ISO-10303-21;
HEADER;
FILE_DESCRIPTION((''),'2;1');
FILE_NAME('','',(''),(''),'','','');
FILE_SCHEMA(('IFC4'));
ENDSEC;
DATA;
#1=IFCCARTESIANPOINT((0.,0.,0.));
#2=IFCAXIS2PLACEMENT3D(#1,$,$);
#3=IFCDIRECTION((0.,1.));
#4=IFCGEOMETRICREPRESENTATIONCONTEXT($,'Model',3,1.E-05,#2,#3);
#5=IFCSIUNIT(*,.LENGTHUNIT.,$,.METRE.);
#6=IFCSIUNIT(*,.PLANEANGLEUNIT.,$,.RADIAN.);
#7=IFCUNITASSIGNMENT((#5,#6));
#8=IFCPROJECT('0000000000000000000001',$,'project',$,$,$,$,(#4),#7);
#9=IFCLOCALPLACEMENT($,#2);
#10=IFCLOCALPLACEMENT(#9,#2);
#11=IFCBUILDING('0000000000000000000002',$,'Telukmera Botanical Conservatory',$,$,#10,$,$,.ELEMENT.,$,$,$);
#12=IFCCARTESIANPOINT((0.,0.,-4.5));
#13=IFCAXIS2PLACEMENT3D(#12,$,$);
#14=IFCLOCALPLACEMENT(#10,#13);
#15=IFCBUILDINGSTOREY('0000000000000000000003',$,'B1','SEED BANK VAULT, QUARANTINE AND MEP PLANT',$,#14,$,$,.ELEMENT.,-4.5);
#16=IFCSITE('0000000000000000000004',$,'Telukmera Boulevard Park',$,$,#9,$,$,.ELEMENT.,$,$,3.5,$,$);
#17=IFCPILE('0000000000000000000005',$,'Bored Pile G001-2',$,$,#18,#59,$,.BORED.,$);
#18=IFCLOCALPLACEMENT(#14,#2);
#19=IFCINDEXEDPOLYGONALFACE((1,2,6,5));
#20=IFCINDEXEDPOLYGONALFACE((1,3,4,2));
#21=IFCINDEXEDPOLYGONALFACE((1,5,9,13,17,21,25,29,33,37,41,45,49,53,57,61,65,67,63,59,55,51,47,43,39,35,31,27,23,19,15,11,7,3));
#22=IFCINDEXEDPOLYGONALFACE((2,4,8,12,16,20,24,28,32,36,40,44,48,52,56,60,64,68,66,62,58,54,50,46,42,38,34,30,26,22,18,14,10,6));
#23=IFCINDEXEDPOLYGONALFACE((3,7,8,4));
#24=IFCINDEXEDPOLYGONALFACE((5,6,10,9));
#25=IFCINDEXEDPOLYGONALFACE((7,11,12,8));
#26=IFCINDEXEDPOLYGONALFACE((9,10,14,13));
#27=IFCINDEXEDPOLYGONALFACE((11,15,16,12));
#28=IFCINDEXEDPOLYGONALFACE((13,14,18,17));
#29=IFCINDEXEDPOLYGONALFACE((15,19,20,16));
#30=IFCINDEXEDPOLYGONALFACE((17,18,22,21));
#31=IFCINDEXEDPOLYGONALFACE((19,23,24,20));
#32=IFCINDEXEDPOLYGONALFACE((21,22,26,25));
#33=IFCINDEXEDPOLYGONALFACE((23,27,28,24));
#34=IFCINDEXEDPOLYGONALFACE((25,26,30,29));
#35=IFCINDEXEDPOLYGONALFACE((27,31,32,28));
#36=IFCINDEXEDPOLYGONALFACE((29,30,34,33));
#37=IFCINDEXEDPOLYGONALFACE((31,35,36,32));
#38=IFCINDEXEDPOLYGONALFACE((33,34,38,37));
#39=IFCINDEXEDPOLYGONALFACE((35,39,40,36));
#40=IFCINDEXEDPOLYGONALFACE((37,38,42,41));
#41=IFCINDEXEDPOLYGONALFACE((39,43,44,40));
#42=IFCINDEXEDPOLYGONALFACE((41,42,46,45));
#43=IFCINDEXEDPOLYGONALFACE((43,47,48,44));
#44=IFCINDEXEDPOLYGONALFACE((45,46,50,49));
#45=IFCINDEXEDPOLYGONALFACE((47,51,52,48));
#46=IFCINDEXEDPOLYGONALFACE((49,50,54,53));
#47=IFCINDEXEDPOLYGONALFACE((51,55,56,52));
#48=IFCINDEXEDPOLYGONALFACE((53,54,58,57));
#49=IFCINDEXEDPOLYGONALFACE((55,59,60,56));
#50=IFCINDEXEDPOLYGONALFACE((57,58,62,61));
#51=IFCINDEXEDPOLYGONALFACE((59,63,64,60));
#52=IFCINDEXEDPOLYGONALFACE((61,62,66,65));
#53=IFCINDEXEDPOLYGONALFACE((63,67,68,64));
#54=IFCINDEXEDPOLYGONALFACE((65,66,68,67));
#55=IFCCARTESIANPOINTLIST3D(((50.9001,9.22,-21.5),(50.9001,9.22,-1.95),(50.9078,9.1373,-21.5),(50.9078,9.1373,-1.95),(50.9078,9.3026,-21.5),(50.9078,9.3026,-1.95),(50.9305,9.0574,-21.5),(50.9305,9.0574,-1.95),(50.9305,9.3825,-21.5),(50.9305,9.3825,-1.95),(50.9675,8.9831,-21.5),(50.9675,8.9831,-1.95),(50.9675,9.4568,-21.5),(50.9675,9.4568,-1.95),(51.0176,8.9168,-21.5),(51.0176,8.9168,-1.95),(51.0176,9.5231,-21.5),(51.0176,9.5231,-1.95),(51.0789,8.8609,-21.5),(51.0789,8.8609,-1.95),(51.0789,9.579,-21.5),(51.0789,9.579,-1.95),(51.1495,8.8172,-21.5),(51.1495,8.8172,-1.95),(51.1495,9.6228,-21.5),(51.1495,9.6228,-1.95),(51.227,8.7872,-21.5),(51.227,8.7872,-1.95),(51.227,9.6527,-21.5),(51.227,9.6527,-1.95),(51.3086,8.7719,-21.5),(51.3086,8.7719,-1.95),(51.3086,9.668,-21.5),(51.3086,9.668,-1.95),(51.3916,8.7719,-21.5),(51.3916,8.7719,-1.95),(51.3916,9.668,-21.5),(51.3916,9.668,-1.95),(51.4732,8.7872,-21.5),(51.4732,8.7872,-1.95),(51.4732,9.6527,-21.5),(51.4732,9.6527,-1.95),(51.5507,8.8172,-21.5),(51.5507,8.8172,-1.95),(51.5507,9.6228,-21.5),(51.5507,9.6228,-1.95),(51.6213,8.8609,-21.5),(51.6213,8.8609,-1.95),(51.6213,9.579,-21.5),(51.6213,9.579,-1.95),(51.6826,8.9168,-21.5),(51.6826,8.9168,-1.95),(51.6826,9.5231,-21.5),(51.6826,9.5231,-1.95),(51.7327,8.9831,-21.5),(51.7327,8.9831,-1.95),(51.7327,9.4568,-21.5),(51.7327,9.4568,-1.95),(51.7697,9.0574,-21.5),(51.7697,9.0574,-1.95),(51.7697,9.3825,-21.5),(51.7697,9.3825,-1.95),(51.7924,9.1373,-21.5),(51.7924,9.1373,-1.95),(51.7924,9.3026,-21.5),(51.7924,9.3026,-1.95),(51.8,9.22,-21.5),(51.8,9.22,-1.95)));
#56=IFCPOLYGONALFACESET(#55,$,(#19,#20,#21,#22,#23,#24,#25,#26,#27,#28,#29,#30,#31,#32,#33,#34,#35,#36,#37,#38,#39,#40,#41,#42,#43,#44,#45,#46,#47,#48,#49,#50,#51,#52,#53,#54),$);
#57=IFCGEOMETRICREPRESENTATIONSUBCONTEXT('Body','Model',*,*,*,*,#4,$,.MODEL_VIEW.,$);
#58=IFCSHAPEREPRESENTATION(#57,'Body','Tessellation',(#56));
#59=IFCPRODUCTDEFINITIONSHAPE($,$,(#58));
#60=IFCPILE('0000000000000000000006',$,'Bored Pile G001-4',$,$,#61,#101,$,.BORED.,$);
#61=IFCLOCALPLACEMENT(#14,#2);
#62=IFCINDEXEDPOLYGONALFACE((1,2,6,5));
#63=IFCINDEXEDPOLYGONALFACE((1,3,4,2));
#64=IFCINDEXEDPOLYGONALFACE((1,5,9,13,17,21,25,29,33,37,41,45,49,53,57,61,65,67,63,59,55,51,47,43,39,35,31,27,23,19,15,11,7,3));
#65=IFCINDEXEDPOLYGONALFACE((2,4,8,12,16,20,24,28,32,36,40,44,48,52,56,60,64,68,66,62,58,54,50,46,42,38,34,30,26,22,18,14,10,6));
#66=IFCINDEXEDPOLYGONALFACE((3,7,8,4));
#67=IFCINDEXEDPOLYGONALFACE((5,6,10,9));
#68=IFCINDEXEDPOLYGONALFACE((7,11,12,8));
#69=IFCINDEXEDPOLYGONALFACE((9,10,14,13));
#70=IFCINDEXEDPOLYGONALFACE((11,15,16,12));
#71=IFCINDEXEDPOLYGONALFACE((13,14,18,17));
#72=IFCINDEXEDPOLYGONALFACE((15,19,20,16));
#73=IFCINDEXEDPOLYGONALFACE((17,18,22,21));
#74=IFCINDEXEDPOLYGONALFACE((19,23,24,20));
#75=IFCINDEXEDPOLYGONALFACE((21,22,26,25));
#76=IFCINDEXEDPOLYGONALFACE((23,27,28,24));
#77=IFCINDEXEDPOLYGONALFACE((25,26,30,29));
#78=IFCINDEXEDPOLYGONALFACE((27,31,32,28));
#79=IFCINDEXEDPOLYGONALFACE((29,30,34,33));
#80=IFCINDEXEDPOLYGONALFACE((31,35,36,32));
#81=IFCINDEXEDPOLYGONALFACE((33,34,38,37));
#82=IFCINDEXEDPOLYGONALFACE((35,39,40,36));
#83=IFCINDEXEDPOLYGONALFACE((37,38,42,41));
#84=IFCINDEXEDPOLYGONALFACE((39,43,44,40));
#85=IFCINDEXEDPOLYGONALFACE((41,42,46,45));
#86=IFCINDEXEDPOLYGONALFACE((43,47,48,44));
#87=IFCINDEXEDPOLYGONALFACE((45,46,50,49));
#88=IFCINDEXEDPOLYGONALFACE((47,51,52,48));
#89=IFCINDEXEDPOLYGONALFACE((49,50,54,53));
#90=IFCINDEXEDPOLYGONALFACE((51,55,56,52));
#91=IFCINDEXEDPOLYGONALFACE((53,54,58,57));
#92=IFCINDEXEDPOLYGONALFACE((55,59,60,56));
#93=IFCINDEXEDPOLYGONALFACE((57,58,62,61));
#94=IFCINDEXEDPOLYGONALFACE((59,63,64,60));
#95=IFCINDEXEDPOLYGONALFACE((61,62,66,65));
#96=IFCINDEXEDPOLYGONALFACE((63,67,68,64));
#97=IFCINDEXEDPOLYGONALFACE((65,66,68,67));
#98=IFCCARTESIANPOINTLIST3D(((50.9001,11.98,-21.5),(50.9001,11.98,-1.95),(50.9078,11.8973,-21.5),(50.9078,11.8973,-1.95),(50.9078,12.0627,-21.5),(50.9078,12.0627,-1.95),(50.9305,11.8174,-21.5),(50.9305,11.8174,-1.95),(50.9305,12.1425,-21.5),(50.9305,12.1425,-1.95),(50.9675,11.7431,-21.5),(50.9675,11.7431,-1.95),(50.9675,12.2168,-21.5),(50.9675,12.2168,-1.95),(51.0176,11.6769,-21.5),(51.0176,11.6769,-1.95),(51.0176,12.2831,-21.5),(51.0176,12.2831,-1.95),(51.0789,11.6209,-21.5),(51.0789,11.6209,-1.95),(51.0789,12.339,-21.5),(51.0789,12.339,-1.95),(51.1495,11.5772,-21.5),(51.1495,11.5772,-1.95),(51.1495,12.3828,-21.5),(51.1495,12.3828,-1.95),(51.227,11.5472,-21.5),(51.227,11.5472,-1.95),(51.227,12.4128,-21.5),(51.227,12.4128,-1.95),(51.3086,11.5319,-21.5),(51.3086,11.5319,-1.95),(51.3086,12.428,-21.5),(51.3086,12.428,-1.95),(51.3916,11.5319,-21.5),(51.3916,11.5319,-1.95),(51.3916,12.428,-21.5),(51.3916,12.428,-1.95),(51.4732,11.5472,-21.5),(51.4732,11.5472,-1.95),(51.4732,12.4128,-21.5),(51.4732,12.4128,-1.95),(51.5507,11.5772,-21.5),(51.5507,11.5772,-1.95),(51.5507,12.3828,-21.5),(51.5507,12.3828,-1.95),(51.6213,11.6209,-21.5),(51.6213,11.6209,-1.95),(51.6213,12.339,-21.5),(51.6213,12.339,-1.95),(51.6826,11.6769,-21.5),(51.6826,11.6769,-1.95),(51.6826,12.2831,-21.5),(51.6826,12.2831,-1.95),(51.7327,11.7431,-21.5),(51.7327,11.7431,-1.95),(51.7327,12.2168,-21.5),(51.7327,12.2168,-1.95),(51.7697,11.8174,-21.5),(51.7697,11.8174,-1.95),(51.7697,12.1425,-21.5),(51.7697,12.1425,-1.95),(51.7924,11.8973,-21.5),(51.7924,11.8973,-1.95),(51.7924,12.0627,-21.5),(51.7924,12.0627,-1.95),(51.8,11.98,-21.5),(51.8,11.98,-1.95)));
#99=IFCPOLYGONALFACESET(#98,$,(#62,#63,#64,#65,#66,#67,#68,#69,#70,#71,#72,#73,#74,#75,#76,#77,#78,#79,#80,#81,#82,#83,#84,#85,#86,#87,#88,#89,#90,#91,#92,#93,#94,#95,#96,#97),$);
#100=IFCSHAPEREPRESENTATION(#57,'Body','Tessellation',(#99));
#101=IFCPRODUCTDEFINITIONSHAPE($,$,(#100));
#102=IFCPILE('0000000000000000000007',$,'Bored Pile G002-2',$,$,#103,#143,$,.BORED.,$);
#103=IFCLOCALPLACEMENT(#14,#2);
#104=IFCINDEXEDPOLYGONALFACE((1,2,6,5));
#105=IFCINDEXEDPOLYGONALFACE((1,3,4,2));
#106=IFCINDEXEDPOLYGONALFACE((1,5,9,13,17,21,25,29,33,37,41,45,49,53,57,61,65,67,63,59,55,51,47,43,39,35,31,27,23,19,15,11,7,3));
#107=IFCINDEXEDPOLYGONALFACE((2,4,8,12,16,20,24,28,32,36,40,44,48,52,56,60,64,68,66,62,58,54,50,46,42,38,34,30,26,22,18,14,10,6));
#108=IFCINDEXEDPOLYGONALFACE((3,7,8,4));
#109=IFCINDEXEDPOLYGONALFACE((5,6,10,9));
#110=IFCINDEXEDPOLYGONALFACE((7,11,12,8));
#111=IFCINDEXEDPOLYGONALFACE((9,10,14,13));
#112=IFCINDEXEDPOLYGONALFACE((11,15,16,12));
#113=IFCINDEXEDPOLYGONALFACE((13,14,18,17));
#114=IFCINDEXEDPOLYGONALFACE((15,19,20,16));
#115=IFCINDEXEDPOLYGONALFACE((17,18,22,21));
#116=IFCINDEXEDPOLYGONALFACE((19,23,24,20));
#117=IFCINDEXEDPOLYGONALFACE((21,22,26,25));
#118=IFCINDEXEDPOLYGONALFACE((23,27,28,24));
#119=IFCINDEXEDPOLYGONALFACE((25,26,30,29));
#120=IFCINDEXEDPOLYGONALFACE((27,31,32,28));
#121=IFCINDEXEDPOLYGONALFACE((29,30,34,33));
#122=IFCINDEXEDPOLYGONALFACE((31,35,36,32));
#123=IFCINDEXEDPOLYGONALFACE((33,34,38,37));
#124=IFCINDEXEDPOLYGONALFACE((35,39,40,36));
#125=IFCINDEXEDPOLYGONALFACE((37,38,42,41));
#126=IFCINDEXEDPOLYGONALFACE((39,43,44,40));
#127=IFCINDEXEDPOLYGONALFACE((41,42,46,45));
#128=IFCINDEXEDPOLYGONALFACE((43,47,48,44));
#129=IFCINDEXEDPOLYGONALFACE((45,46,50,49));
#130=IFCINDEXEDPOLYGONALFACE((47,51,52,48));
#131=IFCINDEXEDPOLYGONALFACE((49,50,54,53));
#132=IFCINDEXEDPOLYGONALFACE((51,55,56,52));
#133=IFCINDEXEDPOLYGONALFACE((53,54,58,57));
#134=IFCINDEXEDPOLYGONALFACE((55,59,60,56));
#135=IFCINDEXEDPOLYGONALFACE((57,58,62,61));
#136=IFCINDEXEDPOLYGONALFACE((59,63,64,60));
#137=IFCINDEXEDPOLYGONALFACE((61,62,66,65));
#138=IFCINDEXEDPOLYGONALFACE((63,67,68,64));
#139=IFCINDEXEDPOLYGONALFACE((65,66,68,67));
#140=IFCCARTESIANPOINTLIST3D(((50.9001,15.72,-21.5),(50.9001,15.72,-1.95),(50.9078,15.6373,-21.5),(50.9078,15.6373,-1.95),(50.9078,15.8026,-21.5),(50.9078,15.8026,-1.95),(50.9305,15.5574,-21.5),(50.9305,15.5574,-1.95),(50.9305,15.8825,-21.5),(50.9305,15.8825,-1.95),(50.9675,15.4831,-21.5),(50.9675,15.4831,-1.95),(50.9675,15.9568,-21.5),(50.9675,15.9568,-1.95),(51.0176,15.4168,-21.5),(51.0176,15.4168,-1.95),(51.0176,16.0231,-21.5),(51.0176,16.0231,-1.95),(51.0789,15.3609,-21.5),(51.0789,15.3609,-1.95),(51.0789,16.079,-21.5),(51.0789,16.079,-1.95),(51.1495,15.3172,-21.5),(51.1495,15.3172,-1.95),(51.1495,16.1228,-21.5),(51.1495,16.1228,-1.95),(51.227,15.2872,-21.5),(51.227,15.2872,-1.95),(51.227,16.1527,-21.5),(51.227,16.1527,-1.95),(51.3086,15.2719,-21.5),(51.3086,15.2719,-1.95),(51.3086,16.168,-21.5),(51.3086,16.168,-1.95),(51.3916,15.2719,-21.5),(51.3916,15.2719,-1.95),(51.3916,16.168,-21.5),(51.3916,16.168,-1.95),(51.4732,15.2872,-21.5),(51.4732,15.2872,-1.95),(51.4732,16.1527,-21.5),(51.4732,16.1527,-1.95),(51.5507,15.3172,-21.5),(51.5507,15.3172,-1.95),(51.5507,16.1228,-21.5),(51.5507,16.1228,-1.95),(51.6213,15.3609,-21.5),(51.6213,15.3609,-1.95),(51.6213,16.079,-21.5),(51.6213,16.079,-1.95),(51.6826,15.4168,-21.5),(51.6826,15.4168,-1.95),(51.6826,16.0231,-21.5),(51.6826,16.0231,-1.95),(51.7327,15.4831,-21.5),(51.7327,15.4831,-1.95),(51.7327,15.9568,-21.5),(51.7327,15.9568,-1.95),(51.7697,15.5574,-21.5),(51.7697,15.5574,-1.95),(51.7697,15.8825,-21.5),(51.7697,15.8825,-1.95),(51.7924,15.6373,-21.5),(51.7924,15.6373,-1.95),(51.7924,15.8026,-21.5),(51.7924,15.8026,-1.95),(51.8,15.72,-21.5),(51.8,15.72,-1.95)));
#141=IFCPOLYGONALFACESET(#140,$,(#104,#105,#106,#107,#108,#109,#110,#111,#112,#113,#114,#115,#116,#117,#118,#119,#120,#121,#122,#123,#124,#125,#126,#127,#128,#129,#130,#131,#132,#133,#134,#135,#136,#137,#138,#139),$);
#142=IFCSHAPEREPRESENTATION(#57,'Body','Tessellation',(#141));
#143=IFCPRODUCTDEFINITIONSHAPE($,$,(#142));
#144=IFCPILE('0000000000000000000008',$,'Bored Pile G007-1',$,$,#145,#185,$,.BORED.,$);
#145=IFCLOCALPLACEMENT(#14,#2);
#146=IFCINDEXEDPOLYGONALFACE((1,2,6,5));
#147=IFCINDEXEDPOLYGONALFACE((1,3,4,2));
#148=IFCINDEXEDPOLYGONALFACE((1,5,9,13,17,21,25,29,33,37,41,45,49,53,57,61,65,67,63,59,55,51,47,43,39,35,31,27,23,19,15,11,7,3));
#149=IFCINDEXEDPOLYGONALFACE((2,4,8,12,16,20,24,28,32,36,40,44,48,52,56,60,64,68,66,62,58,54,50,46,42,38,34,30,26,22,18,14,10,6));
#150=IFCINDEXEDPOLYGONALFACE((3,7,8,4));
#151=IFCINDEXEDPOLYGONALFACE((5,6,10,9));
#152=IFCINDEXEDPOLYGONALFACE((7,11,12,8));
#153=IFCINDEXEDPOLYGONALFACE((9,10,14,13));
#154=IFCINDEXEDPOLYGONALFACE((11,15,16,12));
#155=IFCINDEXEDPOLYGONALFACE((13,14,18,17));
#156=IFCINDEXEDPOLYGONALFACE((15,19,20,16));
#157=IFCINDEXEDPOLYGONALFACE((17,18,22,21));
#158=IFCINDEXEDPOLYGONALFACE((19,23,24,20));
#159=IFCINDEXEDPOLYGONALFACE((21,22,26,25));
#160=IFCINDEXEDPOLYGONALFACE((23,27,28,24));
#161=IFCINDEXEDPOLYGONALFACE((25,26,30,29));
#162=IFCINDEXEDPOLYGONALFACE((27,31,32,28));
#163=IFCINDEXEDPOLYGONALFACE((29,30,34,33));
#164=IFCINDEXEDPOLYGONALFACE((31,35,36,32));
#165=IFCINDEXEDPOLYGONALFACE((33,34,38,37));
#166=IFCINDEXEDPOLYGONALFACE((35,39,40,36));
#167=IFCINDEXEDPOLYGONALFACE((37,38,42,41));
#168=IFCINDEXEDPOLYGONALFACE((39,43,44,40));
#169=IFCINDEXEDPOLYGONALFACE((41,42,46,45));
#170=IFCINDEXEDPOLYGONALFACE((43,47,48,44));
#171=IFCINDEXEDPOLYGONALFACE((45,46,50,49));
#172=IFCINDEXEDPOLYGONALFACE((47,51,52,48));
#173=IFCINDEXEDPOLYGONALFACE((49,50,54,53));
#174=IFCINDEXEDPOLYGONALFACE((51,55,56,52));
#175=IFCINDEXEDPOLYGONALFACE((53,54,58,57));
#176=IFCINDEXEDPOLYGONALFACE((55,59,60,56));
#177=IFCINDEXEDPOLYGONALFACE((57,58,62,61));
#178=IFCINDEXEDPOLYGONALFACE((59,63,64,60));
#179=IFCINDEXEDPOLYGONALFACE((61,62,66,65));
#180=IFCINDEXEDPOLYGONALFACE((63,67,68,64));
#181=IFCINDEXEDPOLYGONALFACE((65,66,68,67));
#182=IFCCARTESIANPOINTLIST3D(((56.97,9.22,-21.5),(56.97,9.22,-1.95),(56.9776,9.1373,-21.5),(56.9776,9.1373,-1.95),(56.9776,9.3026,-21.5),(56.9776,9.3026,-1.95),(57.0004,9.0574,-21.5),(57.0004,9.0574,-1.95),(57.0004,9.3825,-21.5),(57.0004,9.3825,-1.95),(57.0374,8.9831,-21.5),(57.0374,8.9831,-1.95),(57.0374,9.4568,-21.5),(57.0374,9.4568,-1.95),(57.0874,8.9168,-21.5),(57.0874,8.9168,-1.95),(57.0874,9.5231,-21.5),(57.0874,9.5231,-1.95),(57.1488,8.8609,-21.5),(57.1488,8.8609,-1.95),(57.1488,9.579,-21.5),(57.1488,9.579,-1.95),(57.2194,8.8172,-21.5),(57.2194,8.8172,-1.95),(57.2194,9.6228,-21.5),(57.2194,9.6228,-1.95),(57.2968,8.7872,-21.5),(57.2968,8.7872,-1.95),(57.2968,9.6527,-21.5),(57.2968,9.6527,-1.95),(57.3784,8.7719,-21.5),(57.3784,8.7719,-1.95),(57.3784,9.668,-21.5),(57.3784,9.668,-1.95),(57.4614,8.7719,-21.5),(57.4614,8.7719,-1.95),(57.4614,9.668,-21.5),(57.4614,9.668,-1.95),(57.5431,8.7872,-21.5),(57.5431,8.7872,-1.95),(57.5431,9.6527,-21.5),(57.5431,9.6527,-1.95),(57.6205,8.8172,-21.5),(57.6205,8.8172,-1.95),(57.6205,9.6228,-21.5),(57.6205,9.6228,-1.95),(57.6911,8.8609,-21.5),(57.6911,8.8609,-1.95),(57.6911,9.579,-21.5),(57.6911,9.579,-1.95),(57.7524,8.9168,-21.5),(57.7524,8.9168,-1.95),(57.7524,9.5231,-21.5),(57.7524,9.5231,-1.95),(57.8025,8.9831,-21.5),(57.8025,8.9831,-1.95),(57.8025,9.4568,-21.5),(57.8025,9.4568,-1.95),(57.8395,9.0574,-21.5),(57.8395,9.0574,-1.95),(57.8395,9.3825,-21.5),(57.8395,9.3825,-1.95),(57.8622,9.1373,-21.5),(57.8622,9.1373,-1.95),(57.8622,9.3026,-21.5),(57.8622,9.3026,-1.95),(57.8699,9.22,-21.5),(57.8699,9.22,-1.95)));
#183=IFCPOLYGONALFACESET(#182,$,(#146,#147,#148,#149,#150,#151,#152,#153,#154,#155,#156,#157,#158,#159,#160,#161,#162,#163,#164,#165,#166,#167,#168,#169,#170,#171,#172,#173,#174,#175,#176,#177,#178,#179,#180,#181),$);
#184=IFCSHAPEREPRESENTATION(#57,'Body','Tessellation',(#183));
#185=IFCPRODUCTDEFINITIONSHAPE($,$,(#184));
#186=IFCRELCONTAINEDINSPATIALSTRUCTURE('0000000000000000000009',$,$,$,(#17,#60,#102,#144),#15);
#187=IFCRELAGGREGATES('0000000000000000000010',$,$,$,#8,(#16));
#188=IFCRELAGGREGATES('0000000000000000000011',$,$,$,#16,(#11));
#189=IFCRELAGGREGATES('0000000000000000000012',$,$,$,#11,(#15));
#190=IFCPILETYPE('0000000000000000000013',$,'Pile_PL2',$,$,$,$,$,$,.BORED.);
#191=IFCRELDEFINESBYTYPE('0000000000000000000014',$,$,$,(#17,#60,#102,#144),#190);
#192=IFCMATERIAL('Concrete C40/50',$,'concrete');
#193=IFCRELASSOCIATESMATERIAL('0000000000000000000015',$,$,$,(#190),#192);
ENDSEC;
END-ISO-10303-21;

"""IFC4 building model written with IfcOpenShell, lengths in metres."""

from ifc_helpers import new_model, si_unit, direction, frame, origin, origin_2d, place, context, subcontext, project, spatial, circle, extrude, material, material_profile, profile_set, type_object, element, save


model = new_model("IFC4")

# Units and contexts
model_context = context("Model", 3, precision=1e-05, world=origin(), true_north=direction((0.0, 1.0)))
body_context = subcontext(model_context, "Body", "Model", "MODEL_VIEW")
ifc_project = project(units=[si_unit("LENGTHUNIT", "METRE"), si_unit("PLANEANGLEUNIT", "RADIAN")], contexts=[model_context])

# Site, building, storey
site_placement = place(None, origin())
site = spatial("IfcSite", under=ifc_project, at=site_placement, Name="Telukmera Boulevard Park", CompositionType="ELEMENT", RefElevation=3.5)
building_placement = place(site_placement, origin())
building = spatial("IfcBuilding", under=site, at=building_placement, Name="Telukmera Botanical Conservatory", CompositionType="ELEMENT")
storey_placement = place(building_placement, frame((0.0, 0.0, -4.5)))
storey = spatial("IfcBuildingStorey", under=building, at=storey_placement, Name="B1", Description="SEED BANK VAULT, QUARANTINE AND MEP PLANT", CompositionType="ELEMENT", Elevation=-4.5)

# Shared definitions
ifc_material_1 = material(Name="Concrete C40/50", Category="concrete")

# Piles
ifc_material_profile_1 = material_profile(ifc_material_1, circle(Radius=0.45, at=origin_2d()), Name="PILE D900")
ifc_profile_set_1 = profile_set([ifc_material_profile_1], Name="Concrete C40/50")
pile_type_1 = type_object("IfcPileType", Name="Pile_PL2", PredefinedType="BORED", material=ifc_profile_set_1)
for number, where, z_axis, x_axis, name in (
    (1, (51.3501, 9.22, -1.95), (0.0, 0.0, -1.0), (1.0, 0.0, 0.0), "Bored Pile G001-2"),
    (2, (51.3501, 11.98, -1.95), (0.0, 0.0, -1.0), (1.0, 0.0, 0.0), "Bored Pile G001-4"),
    (3, (51.3501, 15.72, -1.95), (0.0, 0.0, -1.0), (1.0, 0.0, 0.0), "Bored Pile G002-2"),
    (4, (57.4199, 9.22, -1.95), (0.0, 0.0, -1.0), (1.0, 0.0, 0.0), "Bored Pile G007-1"),
):
    element("IfcPile", number, at=place(storey_placement, frame(where, z_axis=z_axis, x_axis=x_axis)), inside=storey, type_object=pile_type_1, Name=name, PredefinedType="BORED", context=body_context, shape_type="SweptSolid", body=[
        extrude(circle(Radius=0.45, at=origin_2d()), origin(), (0.0, 0.0, 1.0), 19.55),
    ])

save(model, "model.ifc")
